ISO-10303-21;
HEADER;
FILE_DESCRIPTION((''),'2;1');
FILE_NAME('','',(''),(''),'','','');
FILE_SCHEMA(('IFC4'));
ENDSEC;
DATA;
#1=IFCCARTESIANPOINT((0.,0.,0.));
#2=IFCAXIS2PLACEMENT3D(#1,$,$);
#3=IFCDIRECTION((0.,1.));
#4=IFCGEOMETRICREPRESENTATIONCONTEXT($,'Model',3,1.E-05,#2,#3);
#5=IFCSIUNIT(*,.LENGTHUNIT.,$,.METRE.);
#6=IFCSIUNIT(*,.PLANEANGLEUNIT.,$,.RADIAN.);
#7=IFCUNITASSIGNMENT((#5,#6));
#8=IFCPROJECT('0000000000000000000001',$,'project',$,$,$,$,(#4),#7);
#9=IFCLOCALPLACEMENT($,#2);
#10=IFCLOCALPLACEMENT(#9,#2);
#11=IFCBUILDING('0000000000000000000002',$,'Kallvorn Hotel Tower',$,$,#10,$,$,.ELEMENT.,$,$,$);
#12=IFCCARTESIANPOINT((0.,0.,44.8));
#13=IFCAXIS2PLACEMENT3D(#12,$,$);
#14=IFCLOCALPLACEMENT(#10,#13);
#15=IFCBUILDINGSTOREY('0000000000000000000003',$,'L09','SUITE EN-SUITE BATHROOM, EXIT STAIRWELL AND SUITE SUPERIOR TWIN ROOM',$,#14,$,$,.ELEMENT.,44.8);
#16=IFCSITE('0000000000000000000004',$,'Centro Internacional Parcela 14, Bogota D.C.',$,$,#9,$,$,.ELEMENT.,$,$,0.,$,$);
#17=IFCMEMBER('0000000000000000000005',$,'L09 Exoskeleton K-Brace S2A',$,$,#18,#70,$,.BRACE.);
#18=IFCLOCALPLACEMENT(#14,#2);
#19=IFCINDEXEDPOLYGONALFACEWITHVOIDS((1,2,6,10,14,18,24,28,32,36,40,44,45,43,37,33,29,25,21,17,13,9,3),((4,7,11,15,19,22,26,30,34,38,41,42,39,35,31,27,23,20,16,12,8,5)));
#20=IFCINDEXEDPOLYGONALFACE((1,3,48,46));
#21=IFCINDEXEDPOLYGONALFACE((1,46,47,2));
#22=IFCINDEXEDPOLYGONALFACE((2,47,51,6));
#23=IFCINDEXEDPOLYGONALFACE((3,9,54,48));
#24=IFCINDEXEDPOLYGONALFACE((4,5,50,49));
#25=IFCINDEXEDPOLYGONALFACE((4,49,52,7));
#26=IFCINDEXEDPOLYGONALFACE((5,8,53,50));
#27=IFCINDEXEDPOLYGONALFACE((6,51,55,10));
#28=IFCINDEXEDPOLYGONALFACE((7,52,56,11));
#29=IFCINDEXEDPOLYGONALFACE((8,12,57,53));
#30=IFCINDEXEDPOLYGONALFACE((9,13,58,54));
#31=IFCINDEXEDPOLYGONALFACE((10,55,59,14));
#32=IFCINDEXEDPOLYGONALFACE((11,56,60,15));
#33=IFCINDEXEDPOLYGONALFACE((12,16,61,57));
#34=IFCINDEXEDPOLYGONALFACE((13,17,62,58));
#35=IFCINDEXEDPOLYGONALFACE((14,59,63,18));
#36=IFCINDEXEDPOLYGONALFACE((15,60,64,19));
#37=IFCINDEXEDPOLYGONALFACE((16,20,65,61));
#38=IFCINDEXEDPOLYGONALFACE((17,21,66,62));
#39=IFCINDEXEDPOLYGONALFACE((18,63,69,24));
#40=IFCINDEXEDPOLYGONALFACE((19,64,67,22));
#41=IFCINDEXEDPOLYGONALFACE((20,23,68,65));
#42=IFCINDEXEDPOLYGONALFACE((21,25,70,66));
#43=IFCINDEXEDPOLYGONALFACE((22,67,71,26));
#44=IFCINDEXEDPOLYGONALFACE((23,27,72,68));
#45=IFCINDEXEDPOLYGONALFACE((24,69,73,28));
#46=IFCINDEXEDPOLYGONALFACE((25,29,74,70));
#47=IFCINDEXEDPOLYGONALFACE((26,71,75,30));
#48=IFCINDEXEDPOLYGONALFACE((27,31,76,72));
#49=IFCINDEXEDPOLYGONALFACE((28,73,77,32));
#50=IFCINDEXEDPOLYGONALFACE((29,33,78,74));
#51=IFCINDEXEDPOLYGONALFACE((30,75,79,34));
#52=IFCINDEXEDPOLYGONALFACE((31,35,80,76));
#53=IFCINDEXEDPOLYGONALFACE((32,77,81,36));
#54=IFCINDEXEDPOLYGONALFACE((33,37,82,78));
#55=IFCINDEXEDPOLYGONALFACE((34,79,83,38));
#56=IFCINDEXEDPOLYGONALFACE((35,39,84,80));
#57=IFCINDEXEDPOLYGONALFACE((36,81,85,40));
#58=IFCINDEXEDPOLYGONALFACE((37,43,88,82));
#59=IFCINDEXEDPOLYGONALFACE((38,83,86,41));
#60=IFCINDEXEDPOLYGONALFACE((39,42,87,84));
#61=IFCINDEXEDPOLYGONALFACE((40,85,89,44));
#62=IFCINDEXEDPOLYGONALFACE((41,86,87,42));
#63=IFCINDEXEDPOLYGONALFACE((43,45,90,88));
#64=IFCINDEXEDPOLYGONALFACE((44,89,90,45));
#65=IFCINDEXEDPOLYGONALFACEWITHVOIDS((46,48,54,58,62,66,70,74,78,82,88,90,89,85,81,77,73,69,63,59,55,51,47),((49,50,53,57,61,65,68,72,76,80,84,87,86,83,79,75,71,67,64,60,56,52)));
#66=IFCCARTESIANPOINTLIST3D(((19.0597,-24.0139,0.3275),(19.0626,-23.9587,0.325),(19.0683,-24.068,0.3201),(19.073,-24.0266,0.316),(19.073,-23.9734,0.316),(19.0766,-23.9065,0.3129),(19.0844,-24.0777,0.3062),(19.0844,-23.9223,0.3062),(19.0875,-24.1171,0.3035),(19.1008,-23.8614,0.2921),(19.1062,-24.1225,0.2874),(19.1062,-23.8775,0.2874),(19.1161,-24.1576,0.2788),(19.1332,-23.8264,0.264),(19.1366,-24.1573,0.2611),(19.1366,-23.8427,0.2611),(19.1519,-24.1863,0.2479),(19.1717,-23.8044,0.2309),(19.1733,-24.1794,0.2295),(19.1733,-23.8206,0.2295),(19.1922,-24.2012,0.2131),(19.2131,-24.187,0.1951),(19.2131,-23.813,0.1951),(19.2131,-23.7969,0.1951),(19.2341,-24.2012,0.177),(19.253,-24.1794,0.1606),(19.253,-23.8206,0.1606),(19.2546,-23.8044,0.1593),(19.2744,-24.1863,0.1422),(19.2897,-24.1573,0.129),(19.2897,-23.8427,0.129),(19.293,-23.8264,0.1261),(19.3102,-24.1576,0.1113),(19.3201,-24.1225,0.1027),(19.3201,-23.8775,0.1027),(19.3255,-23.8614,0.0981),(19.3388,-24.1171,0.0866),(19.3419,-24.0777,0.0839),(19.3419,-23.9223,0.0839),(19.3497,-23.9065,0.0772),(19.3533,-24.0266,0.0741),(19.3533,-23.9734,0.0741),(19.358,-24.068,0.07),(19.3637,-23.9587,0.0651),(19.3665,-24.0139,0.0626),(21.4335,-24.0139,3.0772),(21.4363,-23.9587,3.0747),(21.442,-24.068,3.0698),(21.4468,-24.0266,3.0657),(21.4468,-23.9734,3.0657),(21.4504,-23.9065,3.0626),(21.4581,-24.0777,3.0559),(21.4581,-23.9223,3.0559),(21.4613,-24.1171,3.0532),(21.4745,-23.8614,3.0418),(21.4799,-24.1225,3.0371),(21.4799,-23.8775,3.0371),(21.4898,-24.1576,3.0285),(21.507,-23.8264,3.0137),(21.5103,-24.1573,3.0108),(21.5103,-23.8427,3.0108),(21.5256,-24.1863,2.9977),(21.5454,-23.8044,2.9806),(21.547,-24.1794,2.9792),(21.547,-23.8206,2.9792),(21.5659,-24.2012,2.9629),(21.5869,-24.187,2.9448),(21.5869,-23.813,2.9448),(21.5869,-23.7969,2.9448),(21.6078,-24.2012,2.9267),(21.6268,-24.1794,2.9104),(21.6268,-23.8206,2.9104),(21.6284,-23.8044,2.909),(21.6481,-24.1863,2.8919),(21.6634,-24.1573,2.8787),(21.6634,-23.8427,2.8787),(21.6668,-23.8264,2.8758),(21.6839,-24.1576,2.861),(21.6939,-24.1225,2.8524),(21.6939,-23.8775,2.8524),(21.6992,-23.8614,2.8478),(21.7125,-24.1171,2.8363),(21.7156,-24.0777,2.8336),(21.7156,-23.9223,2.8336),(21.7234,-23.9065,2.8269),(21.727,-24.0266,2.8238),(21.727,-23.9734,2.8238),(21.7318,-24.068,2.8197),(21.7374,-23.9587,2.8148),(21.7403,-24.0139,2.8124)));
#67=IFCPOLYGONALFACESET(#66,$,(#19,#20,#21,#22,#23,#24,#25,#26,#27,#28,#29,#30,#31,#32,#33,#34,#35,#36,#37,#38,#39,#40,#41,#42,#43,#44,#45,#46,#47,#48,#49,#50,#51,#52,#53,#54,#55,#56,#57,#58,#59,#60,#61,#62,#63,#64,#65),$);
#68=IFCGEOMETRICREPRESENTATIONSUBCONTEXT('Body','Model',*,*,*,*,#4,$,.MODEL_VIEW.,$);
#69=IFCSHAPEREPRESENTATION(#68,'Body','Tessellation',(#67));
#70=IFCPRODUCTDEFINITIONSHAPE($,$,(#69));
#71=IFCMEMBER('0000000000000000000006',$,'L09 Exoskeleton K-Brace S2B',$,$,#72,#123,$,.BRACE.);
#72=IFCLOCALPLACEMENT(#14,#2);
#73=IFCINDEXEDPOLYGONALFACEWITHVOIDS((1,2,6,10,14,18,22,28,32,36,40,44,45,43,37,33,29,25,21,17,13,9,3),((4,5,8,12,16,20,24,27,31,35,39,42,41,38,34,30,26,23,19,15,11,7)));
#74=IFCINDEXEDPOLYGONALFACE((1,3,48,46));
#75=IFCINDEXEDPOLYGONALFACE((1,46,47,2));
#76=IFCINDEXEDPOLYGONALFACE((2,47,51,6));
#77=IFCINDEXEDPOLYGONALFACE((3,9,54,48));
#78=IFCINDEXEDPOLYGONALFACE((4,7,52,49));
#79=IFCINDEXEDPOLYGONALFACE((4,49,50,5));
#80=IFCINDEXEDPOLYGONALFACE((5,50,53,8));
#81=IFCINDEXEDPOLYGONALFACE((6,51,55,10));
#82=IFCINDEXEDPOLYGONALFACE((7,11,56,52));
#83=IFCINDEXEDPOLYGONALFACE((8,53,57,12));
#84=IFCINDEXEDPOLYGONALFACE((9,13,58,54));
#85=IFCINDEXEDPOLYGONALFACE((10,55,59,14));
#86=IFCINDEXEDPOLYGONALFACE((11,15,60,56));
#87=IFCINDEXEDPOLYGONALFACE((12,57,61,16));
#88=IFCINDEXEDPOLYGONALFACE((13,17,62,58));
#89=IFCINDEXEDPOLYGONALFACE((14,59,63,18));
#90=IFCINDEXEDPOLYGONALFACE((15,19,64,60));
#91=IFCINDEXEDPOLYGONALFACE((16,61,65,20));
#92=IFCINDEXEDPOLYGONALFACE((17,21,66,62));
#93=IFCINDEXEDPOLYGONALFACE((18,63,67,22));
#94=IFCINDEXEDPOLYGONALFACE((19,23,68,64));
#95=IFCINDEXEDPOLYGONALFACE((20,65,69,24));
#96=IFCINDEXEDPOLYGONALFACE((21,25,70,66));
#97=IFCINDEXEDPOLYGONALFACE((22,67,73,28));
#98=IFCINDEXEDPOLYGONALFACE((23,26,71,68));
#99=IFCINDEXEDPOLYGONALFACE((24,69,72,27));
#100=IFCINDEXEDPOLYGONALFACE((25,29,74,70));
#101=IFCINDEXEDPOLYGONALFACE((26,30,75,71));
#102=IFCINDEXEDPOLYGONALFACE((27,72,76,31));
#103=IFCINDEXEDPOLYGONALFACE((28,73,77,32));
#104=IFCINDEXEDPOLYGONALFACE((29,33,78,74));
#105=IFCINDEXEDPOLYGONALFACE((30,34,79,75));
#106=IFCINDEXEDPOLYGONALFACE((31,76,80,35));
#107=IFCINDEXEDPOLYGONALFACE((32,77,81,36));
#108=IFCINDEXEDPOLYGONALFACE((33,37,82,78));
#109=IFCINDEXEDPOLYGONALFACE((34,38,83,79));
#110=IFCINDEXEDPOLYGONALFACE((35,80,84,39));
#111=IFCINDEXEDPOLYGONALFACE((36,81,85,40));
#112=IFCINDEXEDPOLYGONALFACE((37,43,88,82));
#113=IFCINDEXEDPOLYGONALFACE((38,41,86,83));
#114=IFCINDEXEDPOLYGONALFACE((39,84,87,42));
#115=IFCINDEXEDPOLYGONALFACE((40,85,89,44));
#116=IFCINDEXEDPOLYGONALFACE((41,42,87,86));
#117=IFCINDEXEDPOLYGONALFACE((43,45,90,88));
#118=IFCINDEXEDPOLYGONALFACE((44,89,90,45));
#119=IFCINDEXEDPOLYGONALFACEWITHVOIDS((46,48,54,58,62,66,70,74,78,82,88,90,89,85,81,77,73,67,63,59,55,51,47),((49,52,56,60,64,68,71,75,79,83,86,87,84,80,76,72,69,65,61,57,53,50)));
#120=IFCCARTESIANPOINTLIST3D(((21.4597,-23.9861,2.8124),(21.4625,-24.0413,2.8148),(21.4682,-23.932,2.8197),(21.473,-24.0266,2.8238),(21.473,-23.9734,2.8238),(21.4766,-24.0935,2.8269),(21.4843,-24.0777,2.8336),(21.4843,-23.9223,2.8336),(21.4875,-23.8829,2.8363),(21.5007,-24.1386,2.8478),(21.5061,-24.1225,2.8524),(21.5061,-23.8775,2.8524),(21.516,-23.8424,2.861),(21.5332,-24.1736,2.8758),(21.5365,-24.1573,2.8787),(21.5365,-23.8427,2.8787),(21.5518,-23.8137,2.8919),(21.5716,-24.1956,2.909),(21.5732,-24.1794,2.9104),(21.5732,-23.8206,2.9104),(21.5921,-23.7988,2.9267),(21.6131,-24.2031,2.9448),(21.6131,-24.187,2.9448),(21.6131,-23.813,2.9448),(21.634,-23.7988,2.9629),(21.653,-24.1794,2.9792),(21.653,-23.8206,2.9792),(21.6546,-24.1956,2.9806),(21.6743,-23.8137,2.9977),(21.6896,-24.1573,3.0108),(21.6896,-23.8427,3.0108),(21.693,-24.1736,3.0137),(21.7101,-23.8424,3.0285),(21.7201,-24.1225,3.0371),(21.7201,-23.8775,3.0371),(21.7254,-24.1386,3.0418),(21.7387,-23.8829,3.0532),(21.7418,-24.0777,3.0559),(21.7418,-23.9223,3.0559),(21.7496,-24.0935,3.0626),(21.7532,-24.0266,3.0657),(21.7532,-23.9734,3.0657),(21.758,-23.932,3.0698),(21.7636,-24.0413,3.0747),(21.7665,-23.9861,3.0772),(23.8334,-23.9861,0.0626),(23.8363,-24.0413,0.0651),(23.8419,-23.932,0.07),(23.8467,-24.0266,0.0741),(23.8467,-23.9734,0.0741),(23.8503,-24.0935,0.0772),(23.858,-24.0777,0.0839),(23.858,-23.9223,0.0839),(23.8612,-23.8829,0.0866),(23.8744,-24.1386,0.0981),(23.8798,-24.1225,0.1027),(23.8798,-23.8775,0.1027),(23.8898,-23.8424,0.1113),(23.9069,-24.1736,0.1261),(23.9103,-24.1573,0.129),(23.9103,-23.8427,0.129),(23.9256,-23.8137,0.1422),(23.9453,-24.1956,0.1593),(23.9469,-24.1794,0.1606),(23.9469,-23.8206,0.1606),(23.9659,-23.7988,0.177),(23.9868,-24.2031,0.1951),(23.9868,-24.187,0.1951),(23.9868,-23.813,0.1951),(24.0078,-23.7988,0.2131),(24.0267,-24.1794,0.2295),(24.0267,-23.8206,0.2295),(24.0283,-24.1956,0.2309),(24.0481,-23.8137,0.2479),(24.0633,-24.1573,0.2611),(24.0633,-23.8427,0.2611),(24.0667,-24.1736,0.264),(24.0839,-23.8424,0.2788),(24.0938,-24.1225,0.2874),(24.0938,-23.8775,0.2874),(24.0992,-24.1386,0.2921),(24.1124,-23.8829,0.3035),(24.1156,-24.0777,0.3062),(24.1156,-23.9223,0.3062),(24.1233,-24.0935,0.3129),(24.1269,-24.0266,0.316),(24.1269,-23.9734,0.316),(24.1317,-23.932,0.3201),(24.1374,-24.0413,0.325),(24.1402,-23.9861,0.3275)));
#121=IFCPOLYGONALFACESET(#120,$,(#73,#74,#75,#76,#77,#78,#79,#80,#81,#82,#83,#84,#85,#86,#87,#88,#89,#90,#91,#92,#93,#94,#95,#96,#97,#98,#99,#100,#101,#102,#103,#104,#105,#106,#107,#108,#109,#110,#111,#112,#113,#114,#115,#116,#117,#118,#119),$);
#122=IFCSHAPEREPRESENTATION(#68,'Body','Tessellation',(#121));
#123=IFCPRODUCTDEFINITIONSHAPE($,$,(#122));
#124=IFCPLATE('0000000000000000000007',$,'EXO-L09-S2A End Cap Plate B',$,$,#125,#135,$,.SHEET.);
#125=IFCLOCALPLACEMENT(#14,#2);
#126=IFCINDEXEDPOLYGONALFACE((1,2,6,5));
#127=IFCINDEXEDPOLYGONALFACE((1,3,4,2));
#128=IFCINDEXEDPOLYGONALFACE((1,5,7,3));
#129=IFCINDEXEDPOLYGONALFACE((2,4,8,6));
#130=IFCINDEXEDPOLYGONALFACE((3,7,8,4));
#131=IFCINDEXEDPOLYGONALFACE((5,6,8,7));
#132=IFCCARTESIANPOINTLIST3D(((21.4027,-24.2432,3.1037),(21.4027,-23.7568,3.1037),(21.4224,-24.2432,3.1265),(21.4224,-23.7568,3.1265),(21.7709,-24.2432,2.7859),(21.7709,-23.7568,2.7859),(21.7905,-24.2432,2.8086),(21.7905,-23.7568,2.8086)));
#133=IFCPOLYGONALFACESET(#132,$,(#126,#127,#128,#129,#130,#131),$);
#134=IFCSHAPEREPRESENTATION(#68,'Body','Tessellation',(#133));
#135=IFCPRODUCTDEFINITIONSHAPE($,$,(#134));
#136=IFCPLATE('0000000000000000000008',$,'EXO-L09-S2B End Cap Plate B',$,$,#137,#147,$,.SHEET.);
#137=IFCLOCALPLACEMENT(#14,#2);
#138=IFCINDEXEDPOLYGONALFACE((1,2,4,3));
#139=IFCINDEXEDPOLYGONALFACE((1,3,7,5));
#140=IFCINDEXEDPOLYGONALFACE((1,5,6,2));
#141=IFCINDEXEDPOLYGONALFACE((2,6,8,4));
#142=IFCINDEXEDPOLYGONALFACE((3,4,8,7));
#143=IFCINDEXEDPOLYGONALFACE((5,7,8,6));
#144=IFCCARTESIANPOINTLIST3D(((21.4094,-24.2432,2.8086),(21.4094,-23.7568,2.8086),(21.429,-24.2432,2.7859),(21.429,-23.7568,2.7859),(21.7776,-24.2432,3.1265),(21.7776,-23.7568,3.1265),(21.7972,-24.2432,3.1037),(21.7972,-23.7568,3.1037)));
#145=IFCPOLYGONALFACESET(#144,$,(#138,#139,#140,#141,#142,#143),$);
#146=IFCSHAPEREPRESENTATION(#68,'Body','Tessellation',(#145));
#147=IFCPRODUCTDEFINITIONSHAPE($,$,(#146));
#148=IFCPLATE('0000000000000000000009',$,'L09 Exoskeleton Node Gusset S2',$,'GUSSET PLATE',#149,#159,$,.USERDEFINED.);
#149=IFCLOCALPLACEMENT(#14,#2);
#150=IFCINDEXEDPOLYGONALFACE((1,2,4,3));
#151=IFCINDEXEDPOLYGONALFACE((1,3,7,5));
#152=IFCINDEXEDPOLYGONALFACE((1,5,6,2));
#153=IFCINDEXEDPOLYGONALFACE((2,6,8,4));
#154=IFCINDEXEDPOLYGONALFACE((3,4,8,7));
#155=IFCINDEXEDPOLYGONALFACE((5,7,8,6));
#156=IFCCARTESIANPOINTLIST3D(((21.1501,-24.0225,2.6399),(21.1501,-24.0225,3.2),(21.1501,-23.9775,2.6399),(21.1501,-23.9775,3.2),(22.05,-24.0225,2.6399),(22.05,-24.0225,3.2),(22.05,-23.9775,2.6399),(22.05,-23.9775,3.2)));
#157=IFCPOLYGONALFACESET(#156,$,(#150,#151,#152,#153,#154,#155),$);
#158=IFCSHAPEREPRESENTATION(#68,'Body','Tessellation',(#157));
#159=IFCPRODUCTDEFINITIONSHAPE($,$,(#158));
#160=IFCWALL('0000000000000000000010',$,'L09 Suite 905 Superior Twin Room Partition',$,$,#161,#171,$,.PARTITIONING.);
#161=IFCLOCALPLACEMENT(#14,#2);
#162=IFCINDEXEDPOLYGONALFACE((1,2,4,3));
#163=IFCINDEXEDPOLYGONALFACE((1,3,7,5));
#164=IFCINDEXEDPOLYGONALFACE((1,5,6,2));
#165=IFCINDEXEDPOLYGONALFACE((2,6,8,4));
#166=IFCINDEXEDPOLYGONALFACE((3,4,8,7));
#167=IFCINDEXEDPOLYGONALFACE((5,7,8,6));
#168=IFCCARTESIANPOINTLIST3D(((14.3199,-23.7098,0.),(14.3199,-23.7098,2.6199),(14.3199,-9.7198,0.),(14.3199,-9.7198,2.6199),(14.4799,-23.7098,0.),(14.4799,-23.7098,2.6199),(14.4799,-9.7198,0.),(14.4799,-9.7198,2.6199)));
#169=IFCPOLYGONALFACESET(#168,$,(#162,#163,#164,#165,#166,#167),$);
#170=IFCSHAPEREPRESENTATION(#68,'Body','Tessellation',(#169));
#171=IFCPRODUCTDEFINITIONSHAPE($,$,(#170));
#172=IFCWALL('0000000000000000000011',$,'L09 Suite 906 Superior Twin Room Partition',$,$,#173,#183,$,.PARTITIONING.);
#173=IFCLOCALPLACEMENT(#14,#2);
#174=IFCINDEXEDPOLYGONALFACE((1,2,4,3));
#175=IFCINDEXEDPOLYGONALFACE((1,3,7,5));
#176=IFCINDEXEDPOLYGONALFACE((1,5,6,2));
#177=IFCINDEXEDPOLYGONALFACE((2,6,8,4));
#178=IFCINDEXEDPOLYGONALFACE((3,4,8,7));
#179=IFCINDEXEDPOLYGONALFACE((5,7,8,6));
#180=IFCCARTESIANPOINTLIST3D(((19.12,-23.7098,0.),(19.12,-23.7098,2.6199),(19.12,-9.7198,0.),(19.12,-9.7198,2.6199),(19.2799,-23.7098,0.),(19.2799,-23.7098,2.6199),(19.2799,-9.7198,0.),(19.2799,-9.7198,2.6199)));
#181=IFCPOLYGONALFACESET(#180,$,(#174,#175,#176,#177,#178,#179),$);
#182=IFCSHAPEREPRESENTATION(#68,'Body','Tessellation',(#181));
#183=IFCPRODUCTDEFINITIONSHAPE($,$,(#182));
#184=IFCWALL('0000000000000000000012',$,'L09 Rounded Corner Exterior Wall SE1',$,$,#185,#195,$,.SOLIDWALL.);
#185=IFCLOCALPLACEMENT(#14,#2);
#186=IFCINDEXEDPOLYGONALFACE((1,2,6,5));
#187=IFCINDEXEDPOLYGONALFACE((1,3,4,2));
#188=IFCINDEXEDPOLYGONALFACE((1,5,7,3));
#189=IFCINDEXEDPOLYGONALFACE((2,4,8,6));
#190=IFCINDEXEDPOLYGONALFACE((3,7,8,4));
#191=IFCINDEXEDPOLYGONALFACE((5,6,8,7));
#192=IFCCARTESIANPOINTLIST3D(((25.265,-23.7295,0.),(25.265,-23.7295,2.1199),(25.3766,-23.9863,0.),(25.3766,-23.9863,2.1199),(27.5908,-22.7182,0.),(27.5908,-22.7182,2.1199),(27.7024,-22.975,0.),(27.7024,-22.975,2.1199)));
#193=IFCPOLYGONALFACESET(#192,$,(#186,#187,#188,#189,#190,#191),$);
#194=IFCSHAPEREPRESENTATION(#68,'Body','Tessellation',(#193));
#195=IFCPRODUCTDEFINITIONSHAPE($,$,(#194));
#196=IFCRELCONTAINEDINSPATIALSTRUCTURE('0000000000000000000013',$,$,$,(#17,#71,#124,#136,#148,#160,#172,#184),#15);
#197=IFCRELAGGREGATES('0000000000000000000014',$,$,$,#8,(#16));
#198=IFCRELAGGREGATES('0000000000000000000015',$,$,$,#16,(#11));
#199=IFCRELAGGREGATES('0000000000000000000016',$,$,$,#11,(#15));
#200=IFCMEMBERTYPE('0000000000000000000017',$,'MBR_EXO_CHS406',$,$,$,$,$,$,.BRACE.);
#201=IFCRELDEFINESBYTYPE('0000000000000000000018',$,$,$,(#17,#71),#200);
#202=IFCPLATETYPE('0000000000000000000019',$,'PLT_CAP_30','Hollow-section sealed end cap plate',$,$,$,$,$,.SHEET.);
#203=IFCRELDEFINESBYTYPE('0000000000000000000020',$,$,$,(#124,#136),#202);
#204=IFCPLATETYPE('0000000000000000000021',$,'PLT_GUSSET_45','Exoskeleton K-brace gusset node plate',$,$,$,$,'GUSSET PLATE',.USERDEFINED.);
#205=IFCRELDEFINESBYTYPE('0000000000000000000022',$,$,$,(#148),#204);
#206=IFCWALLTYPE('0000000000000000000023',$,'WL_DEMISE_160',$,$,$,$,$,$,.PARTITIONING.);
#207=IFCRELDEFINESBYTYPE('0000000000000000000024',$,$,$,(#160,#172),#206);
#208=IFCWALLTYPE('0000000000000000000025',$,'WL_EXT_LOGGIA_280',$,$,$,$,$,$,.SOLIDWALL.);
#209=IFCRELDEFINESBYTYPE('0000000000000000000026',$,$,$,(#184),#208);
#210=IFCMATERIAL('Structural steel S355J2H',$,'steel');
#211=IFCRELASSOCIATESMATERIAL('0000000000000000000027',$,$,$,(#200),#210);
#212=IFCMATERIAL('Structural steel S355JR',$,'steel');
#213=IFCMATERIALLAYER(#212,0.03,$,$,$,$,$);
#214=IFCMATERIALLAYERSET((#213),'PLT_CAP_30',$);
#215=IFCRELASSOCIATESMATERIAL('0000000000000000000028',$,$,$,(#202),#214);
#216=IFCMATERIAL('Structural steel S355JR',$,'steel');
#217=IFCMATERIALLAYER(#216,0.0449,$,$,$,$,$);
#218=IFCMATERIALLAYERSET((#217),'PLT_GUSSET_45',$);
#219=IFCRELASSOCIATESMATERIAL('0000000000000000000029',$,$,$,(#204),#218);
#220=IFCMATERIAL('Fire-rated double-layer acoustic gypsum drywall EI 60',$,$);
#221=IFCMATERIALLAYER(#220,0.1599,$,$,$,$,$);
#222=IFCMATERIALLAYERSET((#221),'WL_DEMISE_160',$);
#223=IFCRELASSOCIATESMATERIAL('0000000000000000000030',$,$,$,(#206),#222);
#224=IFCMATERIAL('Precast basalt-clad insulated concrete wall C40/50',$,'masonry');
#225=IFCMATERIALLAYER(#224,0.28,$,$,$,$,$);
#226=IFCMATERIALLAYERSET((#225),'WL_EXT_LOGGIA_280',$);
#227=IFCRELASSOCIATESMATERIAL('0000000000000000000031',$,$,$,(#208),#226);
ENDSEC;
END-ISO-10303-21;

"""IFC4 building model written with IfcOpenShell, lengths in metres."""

from ifc_helpers import new_model, si_unit, direction, frame, frame_2d, origin, origin_2d, place, context, subcontext, project, spatial, polyline, rectangle, hollow_circle, outline, extrude, material, layer, layer_set, material_profile, profile_set, type_object, element, save


model = new_model("IFC4")

# Units and contexts
model_context = context("Model", 3, precision=1e-05, world=origin(), true_north=direction((0.0, 1.0)))
body_context = subcontext(model_context, "Body", "Model", "MODEL_VIEW")
ifc_project = project(units=[si_unit("LENGTHUNIT", "METRE"), si_unit("PLANEANGLEUNIT", "RADIAN")], contexts=[model_context])

# Site, building, storey
site_placement = place(None, origin())
site = spatial("IfcSite", under=ifc_project, at=site_placement, Name="Centro Internacional Parcela 14, Bogota D.C.", CompositionType="ELEMENT", RefElevation=0.0)
building_placement = place(site_placement, origin())
building = spatial("IfcBuilding", under=site, at=building_placement, Name="Kallvorn Hotel Tower", CompositionType="ELEMENT")
storey_placement = place(building_placement, frame((0.0, 0.0, 44.8)))
storey = spatial("IfcBuildingStorey", under=building, at=storey_placement, Name="L09", Description="SUITE EN-SUITE BATHROOM, EXIT STAIRWELL AND SUITE SUPERIOR TWIN ROOM", CompositionType="ELEMENT", Elevation=44.8)

# Members
ifc_material_1 = material(Name="Structural steel S355J2H", Category="steel")
ifc_material_profile_1 = material_profile(ifc_material_1, hollow_circle(Radius=0.2031, WallThickness=0.0161, at=origin_2d()), Name="CHS 406.4x16")
ifc_profile_set_1 = profile_set([ifc_material_profile_1], Name="Structural steel S355J2H")
member_type = type_object("IfcMemberType", Name="MBR_EXO_CHS406", PredefinedType="BRACE", material=ifc_profile_set_1)
for number, where, z_axis, x_axis, name in (
    (1, (19.2131, -24.0, 0.1951), (0.653461, 0.0, 0.756961), (0.0, 1.0, 0.0), "L09 Exoskeleton K-Brace S2A"),
    (2, (23.9868, -24.0, 0.1951), (-0.653461, 0.0, 0.756961), (0.0, -1.0, 0.0), "L09 Exoskeleton K-Brace S2B"),
):
    element("IfcMember", number, at=place(storey_placement, frame(where, z_axis=z_axis, x_axis=x_axis)), inside=storey, type_object=member_type, Name=name, PredefinedType="BRACE", context=body_context, shape_type="SweptSolid", body=[
        extrude(hollow_circle(Radius=0.2031, WallThickness=0.0161, at=origin_2d()), origin(), (0.0, 0.0, 1.0), 3.6326),
    ])

# Plates
ifc_material_2 = material(Name="Structural steel S355JR", Category="steel")
ifc_layer_1 = layer(ifc_material_2, 0.03)
ifc_layer_set_1 = layer_set([ifc_layer_1], Name="PLT_CAP_30")
plate_type_1 = type_object("IfcPlateType", Name="PLT_CAP_30", Description="Hollow-section sealed end cap plate", PredefinedType="SHEET", material=ifc_layer_set_1)
for number, where, z_axis, x_axis, name in (
    (3, (21.7905, -24.2432, 2.8086), (0.653515, 0.0, 0.756913), (0.0, 1.0, 0.0), "EXO-L09-S2A End Cap Plate B"),
    (4, (21.4094, -23.7568, 2.8086), (-0.653515, 0.0, 0.756913), (0.0, -1.0, 0.0), "EXO-L09-S2B End Cap Plate B"),
):
    element("IfcPlate", number, at=place(storey_placement, frame(where, z_axis=z_axis, x_axis=x_axis)), inside=storey, type_object=plate_type_1, Name=name, PredefinedType="SHEET", context=body_context, shape_type="SweptSolid", body=[
        extrude(outline(polyline([(0.0, 0.0), (0.4863, 0.0), (0.4863, 0.4864), (0.0, 0.4864), (0.0, 0.0)])), origin(), (0.0, 0.0, -1.0), 0.03),
    ])
ifc_material_3 = material(Name="Structural steel S355JR", Category="steel")
ifc_layer_2 = layer(ifc_material_3, 0.0449)
ifc_layer_set_2 = layer_set([ifc_layer_2], Name="PLT_GUSSET_45")
plate_type_2 = type_object("IfcPlateType", Name="PLT_GUSSET_45", Description="Exoskeleton K-brace gusset node plate", ElementType="GUSSET PLATE", PredefinedType="USERDEFINED", material=ifc_layer_set_2)
plate_placement = place(storey_placement, frame((21.6001, -24.0, 2.6399), z_axis=(0.0, 0.0, 1.0), x_axis=(1.0, 0.0, 0.0)))
element("IfcPlate", 5, at=plate_placement, inside=storey, type_object=plate_type_2, Name="L09 Exoskeleton Node Gusset S2", ObjectType="GUSSET PLATE", PredefinedType="USERDEFINED", context=body_context, shape_type="SweptSolid", body=[
    extrude(rectangle(XDim=0.8999, YDim=0.0449, at=origin_2d()), origin(), (0.0, 0.0, 1.0), 0.5601),
])

# Walls
ifc_material_4 = material(Name="Fire-rated double-layer acoustic gypsum drywall EI 60")
ifc_layer_3 = layer(ifc_material_4, 0.1599)
ifc_layer_set_3 = layer_set([ifc_layer_3], Name="WL_DEMISE_160")
wall_type_1 = type_object("IfcWallType", Name="WL_DEMISE_160", PredefinedType="PARTITIONING", material=ifc_layer_set_3)
for number, where, z_axis, x_axis, name in (
    (6, (14.3999, -23.71, 0.0), (0.0, 0.0, 1.0), (0.0, 1.0, 0.0), "L09 Suite 905 Superior Twin Room Partition"),
    (7, (19.2, -23.71, 0.0), (0.0, 0.0, 1.0), (0.0, 1.0, 0.0), "L09 Suite 906 Superior Twin Room Partition"),
):
    element("IfcWall", number, at=place(storey_placement, frame(where, z_axis=z_axis, x_axis=x_axis)), inside=storey, type_object=wall_type_1, Name=name, PredefinedType="PARTITIONING", context=body_context, shape_type="SweptSolid", body=[
        extrude(rectangle(XDim=13.99, YDim=0.1599, at=frame_2d((6.9951, 0.0))), origin(), (0.0, 0.0, 1.0), 2.6199),
    ])
ifc_material_5 = material(Name="Precast basalt-clad insulated concrete wall C40/50", Category="masonry")
ifc_layer_4 = layer(ifc_material_5, 0.28)
ifc_layer_set_4 = layer_set([ifc_layer_4], Name="WL_EXT_LOGGIA_280")
wall_type_2 = type_object("IfcWallType", Name="WL_EXT_LOGGIA_280", PredefinedType="SOLIDWALL", material=ifc_layer_set_4)
wall_1_placement = place(storey_placement, frame((25.3208, -23.8579, 0.0), z_axis=(0.0, 0.0, 1.0), x_axis=(0.917061, 0.398747, 0.0)))
element("IfcWall", 8, at=wall_1_placement, inside=storey, type_object=wall_type_2, Name="L09 Rounded Corner Exterior Wall SE1", PredefinedType="SOLIDWALL", context=body_context, shape_type="SweptSolid", body=[
    extrude(rectangle(XDim=2.5361, YDim=0.28, at=frame_2d((1.2681, 0.0))), origin(), (0.0, 0.0, 1.0), 2.1199),
])

save(model, "model.ifc")
